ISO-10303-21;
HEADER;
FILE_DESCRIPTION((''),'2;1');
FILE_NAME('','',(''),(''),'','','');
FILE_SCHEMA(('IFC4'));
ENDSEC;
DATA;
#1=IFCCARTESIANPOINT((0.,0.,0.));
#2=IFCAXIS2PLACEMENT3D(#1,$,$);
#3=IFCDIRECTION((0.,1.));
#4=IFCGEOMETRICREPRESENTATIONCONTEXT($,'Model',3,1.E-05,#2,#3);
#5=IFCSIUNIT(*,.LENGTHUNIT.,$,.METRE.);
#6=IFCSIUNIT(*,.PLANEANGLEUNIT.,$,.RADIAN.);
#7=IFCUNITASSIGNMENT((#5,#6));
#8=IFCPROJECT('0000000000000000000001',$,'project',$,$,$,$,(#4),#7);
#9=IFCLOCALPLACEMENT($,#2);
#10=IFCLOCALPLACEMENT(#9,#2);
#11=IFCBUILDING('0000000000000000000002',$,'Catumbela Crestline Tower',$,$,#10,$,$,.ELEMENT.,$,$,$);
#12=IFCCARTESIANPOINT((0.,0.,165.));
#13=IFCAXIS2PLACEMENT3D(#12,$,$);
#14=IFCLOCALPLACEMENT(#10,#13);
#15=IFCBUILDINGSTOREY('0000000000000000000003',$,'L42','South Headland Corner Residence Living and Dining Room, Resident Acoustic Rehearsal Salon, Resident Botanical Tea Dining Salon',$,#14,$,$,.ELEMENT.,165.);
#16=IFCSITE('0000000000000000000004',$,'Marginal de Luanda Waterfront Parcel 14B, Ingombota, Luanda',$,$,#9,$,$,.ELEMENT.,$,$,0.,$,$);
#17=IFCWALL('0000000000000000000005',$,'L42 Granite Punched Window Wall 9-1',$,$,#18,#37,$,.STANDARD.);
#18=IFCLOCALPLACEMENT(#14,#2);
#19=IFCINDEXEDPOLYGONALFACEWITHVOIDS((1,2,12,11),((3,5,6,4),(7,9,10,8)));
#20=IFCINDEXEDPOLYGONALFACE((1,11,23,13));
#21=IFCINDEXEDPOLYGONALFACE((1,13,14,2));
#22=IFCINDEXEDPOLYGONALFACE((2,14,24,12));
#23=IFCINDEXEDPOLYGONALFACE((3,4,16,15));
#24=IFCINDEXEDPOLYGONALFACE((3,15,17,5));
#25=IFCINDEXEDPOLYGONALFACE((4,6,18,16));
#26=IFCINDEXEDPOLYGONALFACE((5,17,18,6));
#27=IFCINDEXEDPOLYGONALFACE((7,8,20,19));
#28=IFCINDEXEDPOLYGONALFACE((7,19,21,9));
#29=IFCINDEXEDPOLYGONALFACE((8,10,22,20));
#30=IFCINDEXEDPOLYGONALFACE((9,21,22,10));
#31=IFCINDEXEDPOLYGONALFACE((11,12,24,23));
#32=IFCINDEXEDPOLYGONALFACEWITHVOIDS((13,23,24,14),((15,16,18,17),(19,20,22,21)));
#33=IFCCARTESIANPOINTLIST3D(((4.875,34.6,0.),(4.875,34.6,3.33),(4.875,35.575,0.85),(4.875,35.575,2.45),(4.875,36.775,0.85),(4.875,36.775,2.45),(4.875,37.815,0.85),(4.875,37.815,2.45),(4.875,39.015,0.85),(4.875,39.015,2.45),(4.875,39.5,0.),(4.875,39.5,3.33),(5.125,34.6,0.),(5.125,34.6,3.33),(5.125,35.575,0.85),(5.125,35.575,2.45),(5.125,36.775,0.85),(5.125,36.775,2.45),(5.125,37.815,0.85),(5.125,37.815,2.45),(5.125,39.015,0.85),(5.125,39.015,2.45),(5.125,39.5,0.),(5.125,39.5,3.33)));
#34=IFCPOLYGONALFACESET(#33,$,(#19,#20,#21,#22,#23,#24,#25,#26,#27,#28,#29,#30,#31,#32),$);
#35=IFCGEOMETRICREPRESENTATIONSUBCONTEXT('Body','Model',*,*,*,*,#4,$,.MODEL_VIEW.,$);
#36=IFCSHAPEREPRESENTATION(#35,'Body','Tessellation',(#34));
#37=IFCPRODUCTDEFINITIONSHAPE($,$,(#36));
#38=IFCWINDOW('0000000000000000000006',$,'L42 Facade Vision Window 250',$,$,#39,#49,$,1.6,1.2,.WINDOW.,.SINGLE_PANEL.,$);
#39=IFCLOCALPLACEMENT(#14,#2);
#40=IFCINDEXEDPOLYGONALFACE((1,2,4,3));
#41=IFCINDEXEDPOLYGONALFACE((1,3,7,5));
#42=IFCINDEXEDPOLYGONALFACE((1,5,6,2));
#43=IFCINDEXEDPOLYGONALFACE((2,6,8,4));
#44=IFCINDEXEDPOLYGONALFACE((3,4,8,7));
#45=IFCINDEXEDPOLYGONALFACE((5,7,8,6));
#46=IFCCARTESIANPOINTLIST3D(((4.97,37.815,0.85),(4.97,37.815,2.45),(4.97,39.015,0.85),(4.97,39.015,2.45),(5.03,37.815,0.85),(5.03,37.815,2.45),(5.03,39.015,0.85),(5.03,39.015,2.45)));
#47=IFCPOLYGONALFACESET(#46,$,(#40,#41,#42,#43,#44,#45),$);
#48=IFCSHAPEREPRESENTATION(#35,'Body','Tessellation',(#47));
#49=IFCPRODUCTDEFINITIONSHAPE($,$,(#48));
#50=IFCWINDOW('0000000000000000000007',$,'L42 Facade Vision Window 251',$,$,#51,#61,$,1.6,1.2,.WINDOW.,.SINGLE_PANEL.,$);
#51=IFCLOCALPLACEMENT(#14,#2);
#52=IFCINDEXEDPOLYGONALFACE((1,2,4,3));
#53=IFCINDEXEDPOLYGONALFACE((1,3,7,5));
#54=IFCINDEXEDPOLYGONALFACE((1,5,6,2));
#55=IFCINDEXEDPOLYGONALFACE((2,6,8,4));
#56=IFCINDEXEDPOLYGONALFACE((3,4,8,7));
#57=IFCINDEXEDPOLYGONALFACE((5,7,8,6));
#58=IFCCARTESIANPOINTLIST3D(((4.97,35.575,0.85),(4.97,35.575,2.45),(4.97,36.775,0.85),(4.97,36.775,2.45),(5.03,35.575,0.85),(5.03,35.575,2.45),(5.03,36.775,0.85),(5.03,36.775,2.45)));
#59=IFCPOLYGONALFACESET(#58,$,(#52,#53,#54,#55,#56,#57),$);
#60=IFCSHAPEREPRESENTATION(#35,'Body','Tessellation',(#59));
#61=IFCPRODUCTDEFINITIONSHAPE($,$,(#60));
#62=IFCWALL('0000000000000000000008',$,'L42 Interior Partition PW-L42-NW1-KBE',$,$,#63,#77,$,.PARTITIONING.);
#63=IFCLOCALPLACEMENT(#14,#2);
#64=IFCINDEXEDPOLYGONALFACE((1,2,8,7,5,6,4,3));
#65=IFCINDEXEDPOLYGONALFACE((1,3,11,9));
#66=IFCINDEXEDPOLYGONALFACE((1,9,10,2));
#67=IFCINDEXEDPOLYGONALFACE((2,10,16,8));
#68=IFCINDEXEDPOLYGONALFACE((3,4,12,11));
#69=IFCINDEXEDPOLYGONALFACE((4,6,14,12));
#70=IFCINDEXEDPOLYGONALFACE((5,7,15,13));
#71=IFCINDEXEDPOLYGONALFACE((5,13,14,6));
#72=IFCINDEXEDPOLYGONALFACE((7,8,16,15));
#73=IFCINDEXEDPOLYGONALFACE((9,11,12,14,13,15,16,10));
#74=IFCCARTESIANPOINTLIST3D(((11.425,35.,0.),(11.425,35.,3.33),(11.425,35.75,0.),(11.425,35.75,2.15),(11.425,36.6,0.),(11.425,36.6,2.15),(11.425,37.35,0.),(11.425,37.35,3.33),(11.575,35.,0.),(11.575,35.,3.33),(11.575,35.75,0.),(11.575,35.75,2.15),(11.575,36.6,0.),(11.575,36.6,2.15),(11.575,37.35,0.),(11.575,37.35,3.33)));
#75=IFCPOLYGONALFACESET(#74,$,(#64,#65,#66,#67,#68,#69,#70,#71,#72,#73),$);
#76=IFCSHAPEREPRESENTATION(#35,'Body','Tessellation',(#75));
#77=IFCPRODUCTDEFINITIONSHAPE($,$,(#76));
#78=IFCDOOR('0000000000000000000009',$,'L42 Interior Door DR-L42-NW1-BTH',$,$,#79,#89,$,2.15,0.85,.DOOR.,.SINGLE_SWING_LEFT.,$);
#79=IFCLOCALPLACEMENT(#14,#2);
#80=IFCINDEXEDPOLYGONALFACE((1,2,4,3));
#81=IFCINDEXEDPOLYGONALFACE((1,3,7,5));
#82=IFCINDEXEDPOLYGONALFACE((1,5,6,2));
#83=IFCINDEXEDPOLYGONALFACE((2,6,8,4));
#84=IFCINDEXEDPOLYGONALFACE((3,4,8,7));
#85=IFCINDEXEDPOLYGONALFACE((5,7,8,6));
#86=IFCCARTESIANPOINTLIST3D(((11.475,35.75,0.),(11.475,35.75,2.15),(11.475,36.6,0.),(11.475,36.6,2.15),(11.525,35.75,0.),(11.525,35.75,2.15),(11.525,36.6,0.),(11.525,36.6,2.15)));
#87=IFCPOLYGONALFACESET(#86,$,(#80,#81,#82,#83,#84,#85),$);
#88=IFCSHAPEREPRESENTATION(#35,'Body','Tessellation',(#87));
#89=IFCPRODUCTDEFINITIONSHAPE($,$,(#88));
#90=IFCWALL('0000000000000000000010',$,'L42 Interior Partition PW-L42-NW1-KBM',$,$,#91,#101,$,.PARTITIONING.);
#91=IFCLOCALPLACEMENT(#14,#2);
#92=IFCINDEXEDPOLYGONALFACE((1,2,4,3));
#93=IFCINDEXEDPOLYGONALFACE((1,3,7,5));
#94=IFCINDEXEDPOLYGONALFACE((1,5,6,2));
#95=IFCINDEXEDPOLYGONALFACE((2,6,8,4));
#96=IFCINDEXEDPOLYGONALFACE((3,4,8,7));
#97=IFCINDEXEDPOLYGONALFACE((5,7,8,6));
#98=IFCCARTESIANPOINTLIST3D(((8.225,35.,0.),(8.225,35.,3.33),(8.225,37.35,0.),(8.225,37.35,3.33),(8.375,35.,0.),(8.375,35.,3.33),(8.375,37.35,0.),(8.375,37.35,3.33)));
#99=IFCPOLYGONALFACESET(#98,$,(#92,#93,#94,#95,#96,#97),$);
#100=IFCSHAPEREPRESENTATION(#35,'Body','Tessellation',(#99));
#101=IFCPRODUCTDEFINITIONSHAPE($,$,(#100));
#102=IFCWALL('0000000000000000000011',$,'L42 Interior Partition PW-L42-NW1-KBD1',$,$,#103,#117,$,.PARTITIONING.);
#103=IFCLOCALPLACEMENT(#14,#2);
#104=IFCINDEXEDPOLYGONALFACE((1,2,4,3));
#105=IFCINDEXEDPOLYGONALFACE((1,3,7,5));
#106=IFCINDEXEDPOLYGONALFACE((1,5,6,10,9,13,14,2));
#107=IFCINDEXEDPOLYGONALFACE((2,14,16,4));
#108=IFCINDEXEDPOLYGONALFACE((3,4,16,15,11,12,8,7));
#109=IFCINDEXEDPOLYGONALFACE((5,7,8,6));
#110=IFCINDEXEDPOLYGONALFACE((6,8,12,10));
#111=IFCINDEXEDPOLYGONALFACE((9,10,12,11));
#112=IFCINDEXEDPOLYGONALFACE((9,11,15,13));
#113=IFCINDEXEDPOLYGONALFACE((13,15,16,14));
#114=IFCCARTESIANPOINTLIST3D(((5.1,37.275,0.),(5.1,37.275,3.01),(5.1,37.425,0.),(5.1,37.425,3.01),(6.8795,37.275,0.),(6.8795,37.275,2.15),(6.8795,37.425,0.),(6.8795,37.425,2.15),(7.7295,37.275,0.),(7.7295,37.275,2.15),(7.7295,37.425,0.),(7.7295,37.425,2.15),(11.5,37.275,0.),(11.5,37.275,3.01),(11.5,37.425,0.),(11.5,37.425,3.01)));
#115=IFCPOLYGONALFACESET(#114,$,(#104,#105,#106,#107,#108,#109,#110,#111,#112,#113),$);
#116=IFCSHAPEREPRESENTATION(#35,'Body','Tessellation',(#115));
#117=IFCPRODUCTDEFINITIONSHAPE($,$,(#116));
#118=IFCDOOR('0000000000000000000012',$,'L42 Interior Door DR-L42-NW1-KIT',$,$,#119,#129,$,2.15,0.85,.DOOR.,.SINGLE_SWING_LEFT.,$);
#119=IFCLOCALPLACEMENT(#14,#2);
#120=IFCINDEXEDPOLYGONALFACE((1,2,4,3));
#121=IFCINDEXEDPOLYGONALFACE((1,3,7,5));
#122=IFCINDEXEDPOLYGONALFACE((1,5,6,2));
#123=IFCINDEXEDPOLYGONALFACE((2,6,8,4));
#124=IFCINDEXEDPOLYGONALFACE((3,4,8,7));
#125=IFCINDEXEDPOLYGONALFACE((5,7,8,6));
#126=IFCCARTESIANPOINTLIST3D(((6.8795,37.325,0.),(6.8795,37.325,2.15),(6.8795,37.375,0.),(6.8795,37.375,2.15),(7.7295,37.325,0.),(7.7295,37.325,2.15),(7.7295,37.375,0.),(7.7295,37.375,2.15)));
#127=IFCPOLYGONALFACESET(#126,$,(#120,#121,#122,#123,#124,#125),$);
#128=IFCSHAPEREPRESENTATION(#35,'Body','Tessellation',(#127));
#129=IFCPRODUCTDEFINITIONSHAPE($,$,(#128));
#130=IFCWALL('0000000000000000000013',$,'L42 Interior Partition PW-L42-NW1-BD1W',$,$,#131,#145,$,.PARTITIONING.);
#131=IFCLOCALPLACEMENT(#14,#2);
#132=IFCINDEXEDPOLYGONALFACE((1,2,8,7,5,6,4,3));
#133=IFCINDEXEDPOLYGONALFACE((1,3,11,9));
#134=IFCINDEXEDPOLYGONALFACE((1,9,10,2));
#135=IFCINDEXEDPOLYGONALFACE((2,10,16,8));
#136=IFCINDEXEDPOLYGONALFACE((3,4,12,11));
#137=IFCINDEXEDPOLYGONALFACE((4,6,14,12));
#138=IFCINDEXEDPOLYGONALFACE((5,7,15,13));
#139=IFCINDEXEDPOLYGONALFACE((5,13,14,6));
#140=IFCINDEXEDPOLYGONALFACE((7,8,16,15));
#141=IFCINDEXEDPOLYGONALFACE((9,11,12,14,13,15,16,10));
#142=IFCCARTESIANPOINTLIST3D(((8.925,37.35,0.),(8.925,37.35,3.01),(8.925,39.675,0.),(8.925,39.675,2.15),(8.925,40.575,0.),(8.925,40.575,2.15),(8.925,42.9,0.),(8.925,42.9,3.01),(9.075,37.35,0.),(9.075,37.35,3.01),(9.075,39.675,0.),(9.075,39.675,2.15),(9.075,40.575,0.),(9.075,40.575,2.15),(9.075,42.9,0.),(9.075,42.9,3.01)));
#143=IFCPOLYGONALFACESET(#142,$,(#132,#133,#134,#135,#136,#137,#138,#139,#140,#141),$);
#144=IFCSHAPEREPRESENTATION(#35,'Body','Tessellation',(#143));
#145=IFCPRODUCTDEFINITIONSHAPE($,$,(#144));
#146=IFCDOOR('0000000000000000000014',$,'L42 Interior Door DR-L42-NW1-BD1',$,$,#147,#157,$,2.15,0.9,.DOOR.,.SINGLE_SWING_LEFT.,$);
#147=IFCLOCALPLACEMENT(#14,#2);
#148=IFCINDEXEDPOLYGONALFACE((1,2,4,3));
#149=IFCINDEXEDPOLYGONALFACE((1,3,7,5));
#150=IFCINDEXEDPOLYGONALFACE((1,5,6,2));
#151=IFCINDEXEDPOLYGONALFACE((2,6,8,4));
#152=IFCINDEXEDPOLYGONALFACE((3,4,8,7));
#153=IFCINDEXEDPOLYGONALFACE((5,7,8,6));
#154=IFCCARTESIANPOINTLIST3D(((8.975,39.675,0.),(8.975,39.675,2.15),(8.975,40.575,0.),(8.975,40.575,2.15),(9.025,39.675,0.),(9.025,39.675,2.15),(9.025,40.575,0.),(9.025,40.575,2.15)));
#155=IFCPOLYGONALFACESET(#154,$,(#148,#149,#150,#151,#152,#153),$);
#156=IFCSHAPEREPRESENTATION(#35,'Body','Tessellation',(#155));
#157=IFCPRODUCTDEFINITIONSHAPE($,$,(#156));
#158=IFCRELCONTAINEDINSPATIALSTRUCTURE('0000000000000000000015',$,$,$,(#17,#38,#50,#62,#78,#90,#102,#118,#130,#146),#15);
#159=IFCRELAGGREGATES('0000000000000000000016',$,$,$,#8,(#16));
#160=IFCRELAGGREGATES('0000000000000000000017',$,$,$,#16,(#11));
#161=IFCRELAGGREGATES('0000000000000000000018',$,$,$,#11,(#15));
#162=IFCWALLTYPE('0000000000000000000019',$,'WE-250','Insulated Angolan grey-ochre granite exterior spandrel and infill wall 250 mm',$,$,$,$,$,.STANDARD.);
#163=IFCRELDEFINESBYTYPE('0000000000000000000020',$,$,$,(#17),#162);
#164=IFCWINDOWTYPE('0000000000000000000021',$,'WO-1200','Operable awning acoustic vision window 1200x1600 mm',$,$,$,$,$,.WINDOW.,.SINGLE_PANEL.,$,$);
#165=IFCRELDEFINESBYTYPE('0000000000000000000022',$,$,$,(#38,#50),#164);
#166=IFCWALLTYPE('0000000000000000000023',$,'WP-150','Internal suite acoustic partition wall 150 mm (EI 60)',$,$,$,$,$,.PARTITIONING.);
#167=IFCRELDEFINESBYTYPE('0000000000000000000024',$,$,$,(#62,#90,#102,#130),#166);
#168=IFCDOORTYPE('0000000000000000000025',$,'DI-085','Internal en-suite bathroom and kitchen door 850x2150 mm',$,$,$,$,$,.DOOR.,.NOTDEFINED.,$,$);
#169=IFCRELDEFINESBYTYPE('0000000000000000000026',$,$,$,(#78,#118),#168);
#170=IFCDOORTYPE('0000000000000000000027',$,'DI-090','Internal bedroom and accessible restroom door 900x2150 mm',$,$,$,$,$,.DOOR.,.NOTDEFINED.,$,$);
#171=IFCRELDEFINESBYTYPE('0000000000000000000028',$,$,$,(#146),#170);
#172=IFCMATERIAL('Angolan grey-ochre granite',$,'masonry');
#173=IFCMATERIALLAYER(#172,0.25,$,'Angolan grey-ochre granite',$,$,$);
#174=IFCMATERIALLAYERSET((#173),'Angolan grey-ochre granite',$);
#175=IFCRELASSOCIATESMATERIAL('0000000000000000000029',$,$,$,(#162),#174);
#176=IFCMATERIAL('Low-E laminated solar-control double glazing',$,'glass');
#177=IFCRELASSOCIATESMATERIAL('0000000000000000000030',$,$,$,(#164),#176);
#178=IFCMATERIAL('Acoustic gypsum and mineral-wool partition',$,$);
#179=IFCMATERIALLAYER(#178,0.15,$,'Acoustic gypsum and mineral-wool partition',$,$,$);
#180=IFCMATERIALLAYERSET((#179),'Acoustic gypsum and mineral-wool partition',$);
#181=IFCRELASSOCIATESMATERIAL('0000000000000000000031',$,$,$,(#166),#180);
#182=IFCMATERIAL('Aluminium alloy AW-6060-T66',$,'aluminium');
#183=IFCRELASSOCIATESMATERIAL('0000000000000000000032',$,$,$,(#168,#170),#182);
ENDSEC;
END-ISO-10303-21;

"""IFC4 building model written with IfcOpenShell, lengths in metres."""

from ifc_helpers import new_model, si_unit, direction, frame, frame_2d, origin, place, context, subcontext, project, spatial, rectangle, extrude, material, layer, layer_set, type_object, element, fill, save


model = new_model("IFC4")

# Units and contexts
model_context = context("Model", 3, precision=1e-05, world=origin(), true_north=direction((0.0, 1.0)))
body_context = subcontext(model_context, "Body", "Model", "MODEL_VIEW")
ifc_project = project(units=[si_unit("LENGTHUNIT", "METRE"), si_unit("PLANEANGLEUNIT", "RADIAN")], contexts=[model_context])

# Site, building, storey
site_placement = place(None, origin())
site = spatial("IfcSite", under=ifc_project, at=site_placement, Name="Marginal de Luanda Waterfront Parcel 14B, Ingombota, Luanda", CompositionType="ELEMENT", RefElevation=0.0)
building_placement = place(site_placement, origin())
building = spatial("IfcBuilding", under=site, at=building_placement, Name="Catumbela Crestline Tower", CompositionType="ELEMENT")
storey_placement = place(building_placement, frame((0.0, 0.0, 165.0)))
storey = spatial("IfcBuildingStorey", under=building, at=storey_placement, Name="L42", Description="South Headland Corner Residence Living and Dining Room, Resident Acoustic Rehearsal Salon, Resident Botanical Tea Dining Salon", CompositionType="ELEMENT", Elevation=165.0)

# Shared definitions
ifc_material_1 = material(Name="Aluminium alloy AW-6060-T66", Category="aluminium")

# Shared definitions
ifc_material_2 = material(Name="Low-E laminated solar-control double glazing", Category="glass")

# Shared definitions
ifc_material_3 = material(Name="Acoustic gypsum and mineral-wool partition")

# Shared definitions
ifc_material_4 = material(Name="Angolan grey-ochre granite", Category="masonry")
ifc_layer_1 = layer(ifc_material_4, 0.25, Name="Angolan grey-ochre granite")
ifc_layer_set_1 = layer_set([ifc_layer_1], Name="Angolan grey-ochre granite")
wall_type_1 = type_object("IfcWallType", Name="WE-250", Description="Insulated Angolan grey-ochre granite exterior spandrel and infill wall 250 mm", PredefinedType="STANDARD", material=ifc_layer_set_1)

# Wall, openings, windows
wall_1_placement = place(storey_placement, frame((5.0, 39.5, 0.0), z_axis=(0.0, 0.0, 1.0), x_axis=(0.0, -1.0, 0.0)))
wall_1 = element("IfcWall", 1, at=wall_1_placement, inside=storey, type_object=wall_type_1, Name="L42 Granite Punched Window Wall 9-1", PredefinedType="STANDARD", context=body_context, shape_type="SweptSolid", body=[
    extrude(rectangle(XDim=4.9, YDim=0.25, at=frame_2d((2.45, 0.0))), origin(), (0.0, 0.0, 1.0), 3.33),
])
opening_1_placement = place(wall_1_placement, frame((0.485, 0.0, 0.85)))
opening_1 = element("IfcOpeningElement", 2, at=opening_1_placement, cuts=wall_1, PredefinedType="OPENING", context=body_context, shape_type="SweptSolid", body=[
    extrude(rectangle(XDim=1.2, YDim=1.6, at=frame_2d((0.6, 0.8))), frame((0.0, 0.135, 0.0), z_axis=(0.0, -1.0, 0.0), x_axis=(1.0, 0.0, 0.0)), (0.0, 0.0, 1.0), 0.27),
])
opening_2_placement = place(wall_1_placement, frame((2.725, 0.0, 0.85)))
opening_2 = element("IfcOpeningElement", 3, at=opening_2_placement, cuts=wall_1, PredefinedType="OPENING", context=body_context, shape_type="SweptSolid", body=[
    extrude(rectangle(XDim=1.2, YDim=1.6, at=frame_2d((0.6, 0.8))), frame((0.0, 0.135, 0.0), z_axis=(0.0, -1.0, 0.0), x_axis=(1.0, 0.0, 0.0)), (0.0, 0.0, 1.0), 0.27),
])
window_type_1 = type_object("IfcWindowType", Name="WO-1200", Description="Operable awning acoustic vision window 1200x1600 mm", PartitioningType="SINGLE_PANEL", PredefinedType="WINDOW", material=ifc_material_2)
window_1_placement = place(opening_1_placement, origin())
window_1 = element("IfcWindow", 4, at=window_1_placement, inside=storey, type_object=window_type_1, Name="L42 Facade Vision Window 250", OverallHeight=1.6, OverallWidth=1.2, PartitioningType="SINGLE_PANEL", PredefinedType="WINDOW", context=body_context, shape_type="SweptSolid", body=[
    extrude(rectangle(XDim=1.2, YDim=1.6, at=frame_2d((0.6, 0.8))), frame((0.0, 0.03, 0.0), z_axis=(0.0, -1.0, 0.0), x_axis=(1.0, 0.0, 0.0)), (0.0, 0.0, 1.0), 0.06),
])
fill(opening_1, window_1)
window_2_placement = place(opening_2_placement, origin())
window_2 = element("IfcWindow", 5, at=window_2_placement, inside=storey, type_object=window_type_1, Name="L42 Facade Vision Window 251", OverallHeight=1.6, OverallWidth=1.2, PartitioningType="SINGLE_PANEL", PredefinedType="WINDOW", context=body_context, shape_type="SweptSolid", body=[
    extrude(rectangle(XDim=1.2, YDim=1.6, at=frame_2d((0.6, 0.8))), frame((0.0, 0.03, 0.0), z_axis=(0.0, -1.0, 0.0), x_axis=(1.0, 0.0, 0.0)), (0.0, 0.0, 1.0), 0.06),
])
fill(opening_2, window_2)

# Wall, opening, door
ifc_layer_2 = layer(ifc_material_3, 0.15, Name="Acoustic gypsum and mineral-wool partition")
ifc_layer_set_2 = layer_set([ifc_layer_2], Name="Acoustic gypsum and mineral-wool partition")
wall_type_2 = type_object("IfcWallType", Name="WP-150", Description="Internal suite acoustic partition wall 150 mm (EI 60)", PredefinedType="PARTITIONING", material=ifc_layer_set_2)
wall_2_placement = place(storey_placement, frame((11.5, 35.0, 0.0), z_axis=(0.0, 0.0, 1.0), x_axis=(0.0, 1.0, 0.0)))
wall_2 = element("IfcWall", 6, at=wall_2_placement, inside=storey, type_object=wall_type_2, Name="L42 Interior Partition PW-L42-NW1-KBE", PredefinedType="PARTITIONING", context=body_context, shape_type="SweptSolid", body=[
    extrude(rectangle(XDim=2.35, YDim=0.15, at=frame_2d((1.175, 0.0))), origin(), (0.0, 0.0, 1.0), 3.33),
])
opening_3_placement = place(wall_2_placement, frame((0.75, 0.0, 0.0)))
opening_3 = element("IfcOpeningElement", 7, at=opening_3_placement, cuts=wall_2, PredefinedType="OPENING", context=body_context, shape_type="SweptSolid", body=[
    extrude(rectangle(XDim=0.85, YDim=2.15, at=frame_2d((0.425, 1.075))), frame((0.0, 0.085, 0.0), z_axis=(0.0, -1.0, 0.0), x_axis=(1.0, 0.0, 0.0)), (0.0, 0.0, 1.0), 0.17),
])
door_type_1 = type_object("IfcDoorType", Name="DI-085", Description="Internal en-suite bathroom and kitchen door 850x2150 mm", OperationType="NOTDEFINED", PredefinedType="DOOR", material=ifc_material_1)
door_1_placement = place(opening_3_placement, origin())
door_1 = element("IfcDoor", 8, at=door_1_placement, inside=storey, type_object=door_type_1, Name="L42 Interior Door DR-L42-NW1-BTH", OperationType="SINGLE_SWING_LEFT", OverallHeight=2.15, OverallWidth=0.85, PredefinedType="DOOR", context=body_context, shape_type="SweptSolid", body=[
    extrude(rectangle(XDim=0.85, YDim=2.15, at=frame_2d((0.425, 1.075))), frame((0.0, 0.025, 0.0), z_axis=(0.0, -1.0, 0.0), x_axis=(1.0, 0.0, 0.0)), (0.0, 0.0, 1.0), 0.05),
])
fill(opening_3, door_1)

# Wall
wall_3_placement = place(storey_placement, frame((8.3, 35.0, 0.0), z_axis=(0.0, 0.0, 1.0), x_axis=(0.0, 1.0, 0.0)))
element("IfcWall", 9, at=wall_3_placement, inside=storey, type_object=wall_type_2, Name="L42 Interior Partition PW-L42-NW1-KBM", PredefinedType="PARTITIONING", context=body_context, shape_type="SweptSolid", body=[
    extrude(rectangle(XDim=2.35, YDim=0.15, at=frame_2d((1.175, 0.0))), origin(), (0.0, 0.0, 1.0), 3.33),
])

# Walls, openings, doors
wall_4_placement = place(storey_placement, frame((5.1, 37.35, 0.0), z_axis=(0.0, 0.0, 1.0), x_axis=(1.0, 0.0, 0.0)))
wall_4 = element("IfcWall", 10, at=wall_4_placement, inside=storey, type_object=wall_type_2, Name="L42 Interior Partition PW-L42-NW1-KBD1", PredefinedType="PARTITIONING", context=body_context, shape_type="SweptSolid", body=[
    extrude(rectangle(XDim=6.4, YDim=0.15, at=frame_2d((3.2, 0.0))), origin(), (0.0, 0.0, 1.0), 3.01),
])
opening_4_placement = place(wall_4_placement, frame((1.7795, 0.0, 0.0)))
opening_4 = element("IfcOpeningElement", 11, at=opening_4_placement, cuts=wall_4, PredefinedType="OPENING", context=body_context, shape_type="SweptSolid", body=[
    extrude(rectangle(XDim=0.85, YDim=2.15, at=frame_2d((0.425, 1.075))), frame((0.0, 0.085, 0.0), z_axis=(0.0, -1.0, 0.0), x_axis=(1.0, 0.0, 0.0)), (0.0, 0.0, 1.0), 0.17),
])
door_2_placement = place(opening_4_placement, origin())
door_2 = element("IfcDoor", 12, at=door_2_placement, inside=storey, type_object=door_type_1, Name="L42 Interior Door DR-L42-NW1-KIT", OperationType="SINGLE_SWING_LEFT", OverallHeight=2.15, OverallWidth=0.85, PredefinedType="DOOR", context=body_context, shape_type="SweptSolid", body=[
    extrude(rectangle(XDim=0.85, YDim=2.15, at=frame_2d((0.425, 1.075))), frame((0.0, 0.025, 0.0), z_axis=(0.0, -1.0, 0.0), x_axis=(1.0, 0.0, 0.0)), (0.0, 0.0, 1.0), 0.05),
])
fill(opening_4, door_2)
wall_5_placement = place(storey_placement, frame((9.0, 37.35, 0.0), z_axis=(0.0, 0.0, 1.0), x_axis=(0.0, 1.0, 0.0)))
wall_5 = element("IfcWall", 13, at=wall_5_placement, inside=storey, type_object=wall_type_2, Name="L42 Interior Partition PW-L42-NW1-BD1W", PredefinedType="PARTITIONING", context=body_context, shape_type="SweptSolid", body=[
    extrude(rectangle(XDim=5.55, YDim=0.15, at=frame_2d((2.775, 0.0))), origin(), (0.0, 0.0, 1.0), 3.01),
])
opening_5_placement = place(wall_5_placement, frame((2.325, 0.0, 0.0)))
opening_5 = element("IfcOpeningElement", 14, at=opening_5_placement, cuts=wall_5, PredefinedType="OPENING", context=body_context, shape_type="SweptSolid", body=[
    extrude(rectangle(XDim=0.9, YDim=2.15, at=frame_2d((0.45, 1.075))), frame((0.0, 0.085, 0.0), z_axis=(0.0, -1.0, 0.0), x_axis=(1.0, 0.0, 0.0)), (0.0, 0.0, 1.0), 0.17),
])
door_type_2 = type_object("IfcDoorType", Name="DI-090", Description="Internal bedroom and accessible restroom door 900x2150 mm", OperationType="NOTDEFINED", PredefinedType="DOOR", material=ifc_material_1)
door_3_placement = place(opening_5_placement, origin())
door_3 = element("IfcDoor", 15, at=door_3_placement, inside=storey, type_object=door_type_2, Name="L42 Interior Door DR-L42-NW1-BD1", OperationType="SINGLE_SWING_LEFT", OverallHeight=2.15, OverallWidth=0.9, PredefinedType="DOOR", context=body_context, shape_type="SweptSolid", body=[
    extrude(rectangle(XDim=0.9, YDim=2.15, at=frame_2d((0.45, 1.075))), frame((0.0, 0.025, 0.0), z_axis=(0.0, -1.0, 0.0), x_axis=(1.0, 0.0, 0.0)), (0.0, 0.0, 1.0), 0.05),
])
fill(opening_5, door_3)

save(model, "model.ifc")
